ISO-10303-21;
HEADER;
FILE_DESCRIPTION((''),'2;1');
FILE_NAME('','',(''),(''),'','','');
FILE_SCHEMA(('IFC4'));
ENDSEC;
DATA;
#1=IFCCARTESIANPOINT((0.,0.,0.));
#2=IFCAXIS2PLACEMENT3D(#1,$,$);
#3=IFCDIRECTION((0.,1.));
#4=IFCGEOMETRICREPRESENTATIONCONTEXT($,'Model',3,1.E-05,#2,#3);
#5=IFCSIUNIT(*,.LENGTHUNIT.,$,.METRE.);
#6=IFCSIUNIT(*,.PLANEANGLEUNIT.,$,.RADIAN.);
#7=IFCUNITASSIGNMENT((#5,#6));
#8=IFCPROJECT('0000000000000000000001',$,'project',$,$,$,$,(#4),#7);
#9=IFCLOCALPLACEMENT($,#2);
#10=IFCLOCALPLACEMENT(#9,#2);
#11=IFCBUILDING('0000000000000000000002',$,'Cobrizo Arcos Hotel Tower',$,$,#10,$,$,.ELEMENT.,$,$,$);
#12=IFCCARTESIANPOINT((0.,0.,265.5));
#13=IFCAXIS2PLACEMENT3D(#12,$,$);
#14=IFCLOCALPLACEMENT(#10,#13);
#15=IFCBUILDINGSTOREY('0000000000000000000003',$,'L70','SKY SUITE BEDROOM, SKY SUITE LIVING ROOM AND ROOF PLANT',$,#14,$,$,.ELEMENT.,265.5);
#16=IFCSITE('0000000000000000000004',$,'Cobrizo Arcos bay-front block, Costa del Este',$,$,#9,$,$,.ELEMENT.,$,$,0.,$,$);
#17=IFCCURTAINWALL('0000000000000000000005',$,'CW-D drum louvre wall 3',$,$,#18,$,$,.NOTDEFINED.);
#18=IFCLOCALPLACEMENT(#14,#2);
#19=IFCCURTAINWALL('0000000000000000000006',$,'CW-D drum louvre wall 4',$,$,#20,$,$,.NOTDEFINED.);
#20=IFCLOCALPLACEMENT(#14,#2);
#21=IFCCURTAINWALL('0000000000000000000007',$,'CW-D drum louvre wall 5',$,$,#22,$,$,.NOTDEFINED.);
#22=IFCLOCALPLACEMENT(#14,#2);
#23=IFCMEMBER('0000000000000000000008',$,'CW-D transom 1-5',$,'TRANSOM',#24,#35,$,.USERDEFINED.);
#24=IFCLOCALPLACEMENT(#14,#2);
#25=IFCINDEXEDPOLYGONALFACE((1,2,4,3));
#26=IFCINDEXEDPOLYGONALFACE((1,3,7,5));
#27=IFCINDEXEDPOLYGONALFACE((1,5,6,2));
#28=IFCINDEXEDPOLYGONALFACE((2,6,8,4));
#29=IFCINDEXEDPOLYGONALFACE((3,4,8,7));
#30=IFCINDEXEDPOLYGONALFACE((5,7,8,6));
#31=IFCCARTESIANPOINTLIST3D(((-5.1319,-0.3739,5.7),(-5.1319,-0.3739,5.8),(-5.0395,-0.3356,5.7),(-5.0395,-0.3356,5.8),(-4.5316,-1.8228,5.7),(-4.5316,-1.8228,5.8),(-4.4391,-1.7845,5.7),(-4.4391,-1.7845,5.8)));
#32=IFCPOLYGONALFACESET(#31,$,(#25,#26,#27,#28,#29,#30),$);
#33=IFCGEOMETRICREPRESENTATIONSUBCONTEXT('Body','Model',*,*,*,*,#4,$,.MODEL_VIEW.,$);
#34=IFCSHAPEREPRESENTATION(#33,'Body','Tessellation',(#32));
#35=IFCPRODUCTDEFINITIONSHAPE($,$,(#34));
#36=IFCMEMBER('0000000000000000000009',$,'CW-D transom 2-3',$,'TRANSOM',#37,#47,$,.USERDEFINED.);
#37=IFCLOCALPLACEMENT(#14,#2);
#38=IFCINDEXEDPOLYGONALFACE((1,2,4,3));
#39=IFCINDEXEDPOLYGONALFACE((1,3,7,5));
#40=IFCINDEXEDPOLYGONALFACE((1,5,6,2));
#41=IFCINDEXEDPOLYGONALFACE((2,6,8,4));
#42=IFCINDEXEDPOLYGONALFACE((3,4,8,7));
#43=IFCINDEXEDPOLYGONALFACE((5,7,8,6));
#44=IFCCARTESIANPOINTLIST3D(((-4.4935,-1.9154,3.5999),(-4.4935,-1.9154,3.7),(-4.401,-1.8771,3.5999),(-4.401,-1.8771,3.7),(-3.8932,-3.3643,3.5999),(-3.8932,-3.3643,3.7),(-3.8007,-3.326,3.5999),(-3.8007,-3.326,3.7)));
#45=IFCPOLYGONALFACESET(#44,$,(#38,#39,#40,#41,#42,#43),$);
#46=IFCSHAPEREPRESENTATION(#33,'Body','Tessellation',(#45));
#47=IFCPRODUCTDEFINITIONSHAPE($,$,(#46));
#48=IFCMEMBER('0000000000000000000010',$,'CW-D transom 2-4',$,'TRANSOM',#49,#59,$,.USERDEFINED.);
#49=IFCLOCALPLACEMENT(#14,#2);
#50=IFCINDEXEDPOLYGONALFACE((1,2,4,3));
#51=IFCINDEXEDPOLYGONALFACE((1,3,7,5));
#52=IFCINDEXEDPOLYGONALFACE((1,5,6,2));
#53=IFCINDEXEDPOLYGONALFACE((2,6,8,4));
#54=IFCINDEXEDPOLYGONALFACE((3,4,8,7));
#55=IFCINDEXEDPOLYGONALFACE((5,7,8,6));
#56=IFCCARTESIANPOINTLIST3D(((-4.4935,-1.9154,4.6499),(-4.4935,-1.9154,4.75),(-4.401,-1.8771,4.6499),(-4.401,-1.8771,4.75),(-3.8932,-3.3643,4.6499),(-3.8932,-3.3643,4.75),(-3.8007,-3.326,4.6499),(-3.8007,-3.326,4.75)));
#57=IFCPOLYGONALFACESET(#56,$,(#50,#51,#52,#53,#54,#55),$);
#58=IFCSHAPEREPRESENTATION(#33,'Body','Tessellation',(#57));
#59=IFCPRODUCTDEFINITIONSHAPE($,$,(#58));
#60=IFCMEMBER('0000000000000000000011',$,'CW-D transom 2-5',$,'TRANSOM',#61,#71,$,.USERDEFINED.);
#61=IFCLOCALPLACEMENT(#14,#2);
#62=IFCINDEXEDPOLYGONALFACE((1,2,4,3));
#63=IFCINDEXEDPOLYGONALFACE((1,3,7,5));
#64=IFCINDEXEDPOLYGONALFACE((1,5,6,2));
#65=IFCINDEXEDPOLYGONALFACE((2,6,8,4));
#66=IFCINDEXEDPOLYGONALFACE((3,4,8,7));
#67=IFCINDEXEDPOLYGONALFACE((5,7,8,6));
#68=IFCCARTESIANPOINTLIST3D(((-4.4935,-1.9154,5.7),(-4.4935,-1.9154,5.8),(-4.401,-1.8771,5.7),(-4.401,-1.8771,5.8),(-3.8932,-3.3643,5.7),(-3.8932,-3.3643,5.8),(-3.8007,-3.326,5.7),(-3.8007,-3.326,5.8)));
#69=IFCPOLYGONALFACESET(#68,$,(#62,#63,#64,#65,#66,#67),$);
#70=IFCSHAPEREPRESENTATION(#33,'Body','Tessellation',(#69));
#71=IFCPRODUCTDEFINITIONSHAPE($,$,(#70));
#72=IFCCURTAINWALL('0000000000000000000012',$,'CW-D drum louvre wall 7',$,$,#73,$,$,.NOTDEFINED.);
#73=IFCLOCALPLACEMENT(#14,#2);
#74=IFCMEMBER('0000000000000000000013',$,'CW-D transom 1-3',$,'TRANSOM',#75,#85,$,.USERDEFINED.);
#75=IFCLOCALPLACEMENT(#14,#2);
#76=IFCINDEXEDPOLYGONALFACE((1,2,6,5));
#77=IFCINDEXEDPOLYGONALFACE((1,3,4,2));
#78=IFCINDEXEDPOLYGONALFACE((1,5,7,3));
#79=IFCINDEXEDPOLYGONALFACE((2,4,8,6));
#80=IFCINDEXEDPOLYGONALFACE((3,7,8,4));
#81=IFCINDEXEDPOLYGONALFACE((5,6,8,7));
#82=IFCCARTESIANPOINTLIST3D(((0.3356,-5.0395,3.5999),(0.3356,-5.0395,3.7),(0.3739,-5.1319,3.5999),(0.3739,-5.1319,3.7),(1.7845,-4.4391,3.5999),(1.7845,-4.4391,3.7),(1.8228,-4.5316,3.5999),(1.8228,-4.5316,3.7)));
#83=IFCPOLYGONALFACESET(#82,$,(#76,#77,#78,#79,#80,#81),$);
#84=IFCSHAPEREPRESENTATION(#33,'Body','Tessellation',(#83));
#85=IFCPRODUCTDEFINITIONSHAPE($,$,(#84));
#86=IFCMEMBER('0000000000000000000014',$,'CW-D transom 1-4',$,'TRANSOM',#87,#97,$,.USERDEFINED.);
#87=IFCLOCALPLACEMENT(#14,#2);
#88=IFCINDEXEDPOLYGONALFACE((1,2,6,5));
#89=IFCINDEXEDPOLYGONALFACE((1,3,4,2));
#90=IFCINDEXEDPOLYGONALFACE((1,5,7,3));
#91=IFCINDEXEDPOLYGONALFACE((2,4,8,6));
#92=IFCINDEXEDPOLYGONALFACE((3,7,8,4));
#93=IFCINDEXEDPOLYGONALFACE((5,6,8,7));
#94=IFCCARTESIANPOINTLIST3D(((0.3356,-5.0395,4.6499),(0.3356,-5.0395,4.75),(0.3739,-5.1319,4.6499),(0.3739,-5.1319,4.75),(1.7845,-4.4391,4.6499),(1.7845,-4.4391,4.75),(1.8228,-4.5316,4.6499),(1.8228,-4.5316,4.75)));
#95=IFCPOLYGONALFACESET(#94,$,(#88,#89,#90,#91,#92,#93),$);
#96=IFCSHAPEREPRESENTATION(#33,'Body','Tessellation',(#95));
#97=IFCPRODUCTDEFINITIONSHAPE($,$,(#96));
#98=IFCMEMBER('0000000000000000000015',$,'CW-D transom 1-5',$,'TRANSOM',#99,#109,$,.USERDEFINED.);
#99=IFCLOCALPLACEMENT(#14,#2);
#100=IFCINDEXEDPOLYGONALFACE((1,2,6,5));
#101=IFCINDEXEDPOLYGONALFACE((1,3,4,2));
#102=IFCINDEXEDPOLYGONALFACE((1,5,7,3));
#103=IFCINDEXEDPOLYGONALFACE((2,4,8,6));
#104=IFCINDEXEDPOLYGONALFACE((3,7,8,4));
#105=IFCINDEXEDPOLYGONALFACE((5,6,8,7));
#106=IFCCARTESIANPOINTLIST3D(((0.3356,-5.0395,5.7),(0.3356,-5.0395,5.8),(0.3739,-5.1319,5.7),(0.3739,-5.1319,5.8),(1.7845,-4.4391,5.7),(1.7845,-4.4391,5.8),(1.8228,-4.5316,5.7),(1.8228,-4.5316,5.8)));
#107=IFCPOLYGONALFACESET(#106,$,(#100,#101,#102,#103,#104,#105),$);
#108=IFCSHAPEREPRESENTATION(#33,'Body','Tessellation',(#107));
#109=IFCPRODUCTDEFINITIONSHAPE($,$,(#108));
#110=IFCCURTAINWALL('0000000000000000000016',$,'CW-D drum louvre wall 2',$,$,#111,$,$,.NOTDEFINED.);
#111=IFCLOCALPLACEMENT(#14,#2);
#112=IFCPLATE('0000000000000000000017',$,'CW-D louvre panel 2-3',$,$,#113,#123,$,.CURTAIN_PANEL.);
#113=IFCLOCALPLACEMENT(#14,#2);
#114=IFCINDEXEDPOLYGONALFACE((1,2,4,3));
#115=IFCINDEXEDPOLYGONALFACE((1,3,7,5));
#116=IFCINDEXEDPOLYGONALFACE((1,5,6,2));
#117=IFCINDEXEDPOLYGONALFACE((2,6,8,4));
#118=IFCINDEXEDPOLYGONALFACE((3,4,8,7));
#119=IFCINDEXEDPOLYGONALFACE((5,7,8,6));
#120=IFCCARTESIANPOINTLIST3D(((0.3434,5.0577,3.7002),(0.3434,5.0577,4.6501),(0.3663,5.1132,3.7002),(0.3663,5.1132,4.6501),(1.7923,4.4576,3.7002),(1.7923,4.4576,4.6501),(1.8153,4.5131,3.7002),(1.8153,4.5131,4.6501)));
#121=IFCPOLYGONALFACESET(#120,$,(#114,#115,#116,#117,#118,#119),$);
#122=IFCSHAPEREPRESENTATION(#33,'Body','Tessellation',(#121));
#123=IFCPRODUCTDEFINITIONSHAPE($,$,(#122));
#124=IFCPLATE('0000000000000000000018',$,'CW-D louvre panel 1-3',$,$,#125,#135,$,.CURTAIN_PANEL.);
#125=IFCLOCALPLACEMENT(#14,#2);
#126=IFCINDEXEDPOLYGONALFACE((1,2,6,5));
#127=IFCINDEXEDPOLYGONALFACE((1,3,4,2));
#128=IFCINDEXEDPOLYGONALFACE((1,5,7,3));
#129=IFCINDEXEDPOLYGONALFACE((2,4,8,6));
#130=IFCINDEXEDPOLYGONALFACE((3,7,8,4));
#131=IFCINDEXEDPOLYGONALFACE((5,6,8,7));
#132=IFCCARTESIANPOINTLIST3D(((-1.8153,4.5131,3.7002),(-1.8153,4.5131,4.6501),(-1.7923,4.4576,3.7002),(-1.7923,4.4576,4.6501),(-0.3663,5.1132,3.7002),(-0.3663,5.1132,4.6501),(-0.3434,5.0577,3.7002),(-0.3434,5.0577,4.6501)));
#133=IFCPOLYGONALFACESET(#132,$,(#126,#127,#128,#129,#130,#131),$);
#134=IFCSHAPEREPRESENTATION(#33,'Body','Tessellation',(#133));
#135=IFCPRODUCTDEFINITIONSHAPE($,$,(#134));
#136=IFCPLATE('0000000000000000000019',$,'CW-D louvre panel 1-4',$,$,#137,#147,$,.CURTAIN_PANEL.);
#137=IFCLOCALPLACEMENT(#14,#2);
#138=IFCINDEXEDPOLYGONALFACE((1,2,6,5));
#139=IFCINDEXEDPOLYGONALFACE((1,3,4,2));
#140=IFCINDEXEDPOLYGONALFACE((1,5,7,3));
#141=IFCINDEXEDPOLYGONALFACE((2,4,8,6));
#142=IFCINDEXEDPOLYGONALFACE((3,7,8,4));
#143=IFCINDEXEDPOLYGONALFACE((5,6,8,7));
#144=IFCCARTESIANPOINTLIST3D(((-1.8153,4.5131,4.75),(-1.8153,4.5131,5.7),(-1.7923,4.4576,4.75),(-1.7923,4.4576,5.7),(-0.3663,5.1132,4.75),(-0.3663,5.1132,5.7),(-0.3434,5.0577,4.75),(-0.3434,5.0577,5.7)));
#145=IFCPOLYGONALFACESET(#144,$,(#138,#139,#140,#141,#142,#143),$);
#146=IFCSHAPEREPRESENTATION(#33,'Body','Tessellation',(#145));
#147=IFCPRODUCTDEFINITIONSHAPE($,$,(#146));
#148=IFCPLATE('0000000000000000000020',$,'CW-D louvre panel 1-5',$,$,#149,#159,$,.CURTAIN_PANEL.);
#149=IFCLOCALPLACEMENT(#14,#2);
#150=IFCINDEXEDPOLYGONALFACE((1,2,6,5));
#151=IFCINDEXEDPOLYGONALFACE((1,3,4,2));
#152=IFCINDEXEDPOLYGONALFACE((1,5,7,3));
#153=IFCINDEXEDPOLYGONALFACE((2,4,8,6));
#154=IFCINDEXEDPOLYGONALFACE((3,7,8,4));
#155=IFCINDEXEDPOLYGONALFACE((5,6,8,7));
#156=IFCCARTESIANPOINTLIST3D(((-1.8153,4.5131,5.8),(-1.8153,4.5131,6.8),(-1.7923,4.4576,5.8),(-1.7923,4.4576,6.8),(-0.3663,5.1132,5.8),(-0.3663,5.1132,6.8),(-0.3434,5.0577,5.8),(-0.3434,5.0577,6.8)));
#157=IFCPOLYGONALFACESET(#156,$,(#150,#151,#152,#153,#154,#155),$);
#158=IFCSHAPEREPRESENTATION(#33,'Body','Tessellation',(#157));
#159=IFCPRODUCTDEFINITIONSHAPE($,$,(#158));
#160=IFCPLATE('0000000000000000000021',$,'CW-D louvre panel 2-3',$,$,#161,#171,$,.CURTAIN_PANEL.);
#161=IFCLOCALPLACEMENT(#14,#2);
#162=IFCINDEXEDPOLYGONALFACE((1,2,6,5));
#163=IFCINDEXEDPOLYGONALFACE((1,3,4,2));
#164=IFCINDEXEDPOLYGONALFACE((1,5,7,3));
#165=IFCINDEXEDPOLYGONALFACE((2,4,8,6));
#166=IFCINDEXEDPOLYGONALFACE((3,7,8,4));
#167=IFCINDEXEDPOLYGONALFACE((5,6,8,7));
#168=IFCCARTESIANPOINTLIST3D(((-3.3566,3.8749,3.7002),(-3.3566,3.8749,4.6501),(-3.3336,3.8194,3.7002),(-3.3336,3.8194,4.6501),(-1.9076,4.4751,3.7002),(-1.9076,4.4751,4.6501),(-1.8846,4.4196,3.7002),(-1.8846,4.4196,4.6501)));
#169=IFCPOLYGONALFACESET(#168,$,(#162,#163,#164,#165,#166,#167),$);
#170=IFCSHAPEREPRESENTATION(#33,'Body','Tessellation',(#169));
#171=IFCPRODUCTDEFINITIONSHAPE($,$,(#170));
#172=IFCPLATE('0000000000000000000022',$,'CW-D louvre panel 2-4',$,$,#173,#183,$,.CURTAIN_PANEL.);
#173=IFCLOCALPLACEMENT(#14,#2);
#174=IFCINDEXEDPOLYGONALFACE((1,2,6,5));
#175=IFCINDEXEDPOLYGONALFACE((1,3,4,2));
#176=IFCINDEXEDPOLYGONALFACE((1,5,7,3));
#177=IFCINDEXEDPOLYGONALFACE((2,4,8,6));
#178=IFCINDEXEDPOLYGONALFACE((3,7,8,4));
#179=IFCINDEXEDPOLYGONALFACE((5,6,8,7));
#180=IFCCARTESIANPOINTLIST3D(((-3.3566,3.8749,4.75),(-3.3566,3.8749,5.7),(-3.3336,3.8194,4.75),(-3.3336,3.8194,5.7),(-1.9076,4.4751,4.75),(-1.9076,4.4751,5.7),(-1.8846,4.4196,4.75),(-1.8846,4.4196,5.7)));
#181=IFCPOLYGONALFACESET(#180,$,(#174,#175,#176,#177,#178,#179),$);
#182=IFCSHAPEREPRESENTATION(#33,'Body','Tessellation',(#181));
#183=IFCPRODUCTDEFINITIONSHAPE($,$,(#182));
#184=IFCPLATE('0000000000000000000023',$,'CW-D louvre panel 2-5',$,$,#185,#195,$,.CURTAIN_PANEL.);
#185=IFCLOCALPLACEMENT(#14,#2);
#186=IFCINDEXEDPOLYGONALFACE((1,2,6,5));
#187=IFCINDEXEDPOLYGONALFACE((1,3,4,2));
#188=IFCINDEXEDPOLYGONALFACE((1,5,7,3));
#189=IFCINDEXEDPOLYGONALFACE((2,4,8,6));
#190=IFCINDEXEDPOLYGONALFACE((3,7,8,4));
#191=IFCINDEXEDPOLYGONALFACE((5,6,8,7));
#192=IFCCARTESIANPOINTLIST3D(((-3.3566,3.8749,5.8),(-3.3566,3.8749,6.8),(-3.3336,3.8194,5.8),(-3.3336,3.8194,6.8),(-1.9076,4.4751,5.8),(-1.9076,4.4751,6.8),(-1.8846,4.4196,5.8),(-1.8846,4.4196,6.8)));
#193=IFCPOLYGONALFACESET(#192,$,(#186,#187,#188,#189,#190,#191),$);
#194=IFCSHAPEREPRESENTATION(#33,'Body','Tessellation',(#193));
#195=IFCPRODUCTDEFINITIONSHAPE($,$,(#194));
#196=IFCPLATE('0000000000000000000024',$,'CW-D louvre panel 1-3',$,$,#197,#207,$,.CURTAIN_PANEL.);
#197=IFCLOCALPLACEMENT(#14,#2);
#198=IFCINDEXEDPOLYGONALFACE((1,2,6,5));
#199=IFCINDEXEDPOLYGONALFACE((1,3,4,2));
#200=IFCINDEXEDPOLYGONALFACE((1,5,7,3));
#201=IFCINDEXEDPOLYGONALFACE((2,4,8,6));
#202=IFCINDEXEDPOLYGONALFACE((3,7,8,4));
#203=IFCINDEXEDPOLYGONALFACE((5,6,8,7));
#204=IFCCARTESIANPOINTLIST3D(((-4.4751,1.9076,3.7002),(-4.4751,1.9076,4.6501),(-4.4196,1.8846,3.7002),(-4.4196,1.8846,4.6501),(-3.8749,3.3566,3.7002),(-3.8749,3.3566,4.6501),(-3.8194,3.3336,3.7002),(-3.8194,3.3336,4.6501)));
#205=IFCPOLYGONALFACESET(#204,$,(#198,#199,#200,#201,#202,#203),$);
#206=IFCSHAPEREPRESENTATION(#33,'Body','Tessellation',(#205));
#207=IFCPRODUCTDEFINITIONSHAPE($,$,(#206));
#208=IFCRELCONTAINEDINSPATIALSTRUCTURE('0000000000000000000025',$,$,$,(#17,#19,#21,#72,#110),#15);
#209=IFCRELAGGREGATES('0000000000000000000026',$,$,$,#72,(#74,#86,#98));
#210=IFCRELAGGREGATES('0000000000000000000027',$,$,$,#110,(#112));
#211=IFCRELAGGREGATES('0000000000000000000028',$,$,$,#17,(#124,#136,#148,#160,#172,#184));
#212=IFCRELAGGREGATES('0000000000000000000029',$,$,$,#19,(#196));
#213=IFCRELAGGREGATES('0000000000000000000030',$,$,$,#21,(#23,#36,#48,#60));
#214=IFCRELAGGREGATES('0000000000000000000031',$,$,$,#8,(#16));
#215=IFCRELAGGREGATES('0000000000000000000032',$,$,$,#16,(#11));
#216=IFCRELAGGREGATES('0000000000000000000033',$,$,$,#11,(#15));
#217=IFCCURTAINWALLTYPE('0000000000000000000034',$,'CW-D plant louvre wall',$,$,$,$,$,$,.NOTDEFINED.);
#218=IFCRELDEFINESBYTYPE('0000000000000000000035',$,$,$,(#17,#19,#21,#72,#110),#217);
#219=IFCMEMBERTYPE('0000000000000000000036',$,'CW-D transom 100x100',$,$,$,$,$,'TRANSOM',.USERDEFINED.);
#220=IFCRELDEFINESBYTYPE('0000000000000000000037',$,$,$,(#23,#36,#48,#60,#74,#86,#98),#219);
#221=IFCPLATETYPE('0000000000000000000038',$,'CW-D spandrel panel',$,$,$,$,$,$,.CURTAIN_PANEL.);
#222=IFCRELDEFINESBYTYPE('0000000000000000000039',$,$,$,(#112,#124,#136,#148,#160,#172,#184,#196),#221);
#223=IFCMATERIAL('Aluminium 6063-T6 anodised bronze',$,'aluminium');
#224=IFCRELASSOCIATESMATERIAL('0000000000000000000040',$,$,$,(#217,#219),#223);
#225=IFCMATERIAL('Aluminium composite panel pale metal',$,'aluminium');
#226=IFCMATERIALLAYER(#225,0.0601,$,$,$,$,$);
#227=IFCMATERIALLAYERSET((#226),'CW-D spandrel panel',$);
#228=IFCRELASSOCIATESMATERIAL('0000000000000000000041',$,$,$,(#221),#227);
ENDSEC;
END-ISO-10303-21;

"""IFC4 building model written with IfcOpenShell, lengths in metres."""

from ifc_helpers import new_model, si_unit, direction, frame, origin, origin_2d, place, context, subcontext, project, spatial, rectangle, extrude, material, layer, layer_set, material_profile, profile_set, type_object, element, aggregate, save


model = new_model("IFC4")

# Units and contexts
model_context = context("Model", 3, precision=1e-05, world=origin(), true_north=direction((0.0, 1.0)))
body_context = subcontext(model_context, "Body", "Model", "MODEL_VIEW")
ifc_project = project(units=[si_unit("LENGTHUNIT", "METRE"), si_unit("PLANEANGLEUNIT", "RADIAN")], contexts=[model_context])

# Site, building, storey
site_placement = place(None, origin())
site = spatial("IfcSite", under=ifc_project, at=site_placement, Name="Cobrizo Arcos bay-front block, Costa del Este", CompositionType="ELEMENT", RefElevation=0.0)
building_placement = place(site_placement, origin())
building = spatial("IfcBuilding", under=site, at=building_placement, Name="Cobrizo Arcos Hotel Tower", CompositionType="ELEMENT")
storey_placement = place(building_placement, frame((0.0, 0.0, 265.5)))
storey = spatial("IfcBuildingStorey", under=building, at=storey_placement, Name="L70", Description="SKY SUITE BEDROOM, SKY SUITE LIVING ROOM AND ROOF PLANT", CompositionType="ELEMENT", Elevation=265.5)

# Curtain walls, members
ifc_material_1 = material(Name="Aluminium 6063-T6 anodised bronze", Category="aluminium")
curtain_wall_type = type_object("IfcCurtainWallType", Name="CW-D plant louvre wall", PredefinedType="NOTDEFINED", material=ifc_material_1)
curtain_wall_1_placement = place(storey_placement, origin())
curtain_wall_1 = element("IfcCurtainWall", 1, at=curtain_wall_1_placement, inside=storey, type_object=curtain_wall_type, Name="CW-D drum louvre wall 3", PredefinedType="NOTDEFINED")
ifc_material_profile = material_profile(ifc_material_1, rectangle(XDim=0.1001, YDim=0.1001, at=origin_2d()), Name="CW-D transom 100x100")
ifc_profile_set = profile_set([ifc_material_profile], Name="Aluminium 6063-T6 anodised bronze")
member_type = type_object("IfcMemberType", Name="CW-D transom 100x100", ElementType="TRANSOM", PredefinedType="USERDEFINED", material=ifc_profile_set)
curtain_wall_2_placement = place(storey_placement, origin())
curtain_wall_2 = element("IfcCurtainWall", 2, at=curtain_wall_2_placement, inside=storey, type_object=curtain_wall_type, Name="CW-D drum louvre wall 4", PredefinedType="NOTDEFINED")
curtain_wall_3_placement = place(storey_placement, origin())
curtain_wall_3 = element("IfcCurtainWall", 3, at=curtain_wall_3_placement, inside=storey, type_object=curtain_wall_type, Name="CW-D drum louvre wall 5", PredefinedType="NOTDEFINED")
member_1_placement = place(storey_placement, frame((-5.0857, -0.3547, 5.75), z_axis=(0.382769, -0.923844, 0.0), x_axis=(0.923844, 0.382769, 0.0)))
member_1 = element("IfcMember", 4, at=member_1_placement, type_object=member_type, Name="CW-D transom 1-5", ObjectType="TRANSOM", PredefinedType="USERDEFINED", context=body_context, shape_type="SweptSolid", body=[
    extrude(rectangle(XDim=0.1001, YDim=0.1001, at=origin_2d()), origin(), (0.0, 0.0, 1.0), 1.5684),
])
member_2_placement = place(storey_placement, frame((-4.4473, -1.8962, 3.6499), z_axis=(0.382769, -0.923844, 0.0), x_axis=(0.923844, 0.382769, 0.0)))
member_2 = element("IfcMember", 5, at=member_2_placement, type_object=member_type, Name="CW-D transom 2-3", ObjectType="TRANSOM", PredefinedType="USERDEFINED", context=body_context, shape_type="SweptSolid", body=[
    extrude(rectangle(XDim=0.1001, YDim=0.1001, at=origin_2d()), origin(), (0.0, 0.0, 1.0), 1.5684),
])
member_3_placement = place(storey_placement, frame((-4.4473, -1.8962, 4.7), z_axis=(0.382769, -0.923844, 0.0), x_axis=(0.923844, 0.382769, 0.0)))
member_3 = element("IfcMember", 6, at=member_3_placement, type_object=member_type, Name="CW-D transom 2-4", ObjectType="TRANSOM", PredefinedType="USERDEFINED", context=body_context, shape_type="SweptSolid", body=[
    extrude(rectangle(XDim=0.1001, YDim=0.1001, at=origin_2d()), origin(), (0.0, 0.0, 1.0), 1.5684),
])
member_4_placement = place(storey_placement, frame((-4.4473, -1.8962, 5.75), z_axis=(0.382769, -0.923844, 0.0), x_axis=(0.923844, 0.382769, 0.0)))
member_4 = element("IfcMember", 7, at=member_4_placement, type_object=member_type, Name="CW-D transom 2-5", ObjectType="TRANSOM", PredefinedType="USERDEFINED", context=body_context, shape_type="SweptSolid", body=[
    extrude(rectangle(XDim=0.1001, YDim=0.1001, at=origin_2d()), origin(), (0.0, 0.0, 1.0), 1.5684),
])
curtain_wall_4_placement = place(storey_placement, origin())
curtain_wall_4 = element("IfcCurtainWall", 8, at=curtain_wall_4_placement, inside=storey, type_object=curtain_wall_type, Name="CW-D drum louvre wall 7", PredefinedType="NOTDEFINED")
member_5_placement = place(storey_placement, frame((0.3547, -5.0857, 3.6499), z_axis=(0.923844, 0.382769, 0.0), x_axis=(-0.382769, 0.923844, 0.0)))
member_5 = element("IfcMember", 9, at=member_5_placement, type_object=member_type, Name="CW-D transom 1-3", ObjectType="TRANSOM", PredefinedType="USERDEFINED", context=body_context, shape_type="SweptSolid", body=[
    extrude(rectangle(XDim=0.1001, YDim=0.1001, at=origin_2d()), origin(), (0.0, 0.0, 1.0), 1.5684),
])
member_6_placement = place(storey_placement, frame((0.3547, -5.0857, 4.7), z_axis=(0.923844, 0.382769, 0.0), x_axis=(-0.382769, 0.923844, 0.0)))
member_6 = element("IfcMember", 10, at=member_6_placement, type_object=member_type, Name="CW-D transom 1-4", ObjectType="TRANSOM", PredefinedType="USERDEFINED", context=body_context, shape_type="SweptSolid", body=[
    extrude(rectangle(XDim=0.1001, YDim=0.1001, at=origin_2d()), origin(), (0.0, 0.0, 1.0), 1.5684),
])
member_7_placement = place(storey_placement, frame((0.3547, -5.0857, 5.75), z_axis=(0.923844, 0.382769, 0.0), x_axis=(-0.382769, 0.923844, 0.0)))
member_7 = element("IfcMember", 11, at=member_7_placement, type_object=member_type, Name="CW-D transom 1-5", ObjectType="TRANSOM", PredefinedType="USERDEFINED", context=body_context, shape_type="SweptSolid", body=[
    extrude(rectangle(XDim=0.1001, YDim=0.1001, at=origin_2d()), origin(), (0.0, 0.0, 1.0), 1.5684),
])
aggregate(curtain_wall_4, [member_5, member_6, member_7])

# Curtain wall, plate
curtain_wall_5_placement = place(storey_placement, origin())
curtain_wall_5 = element("IfcCurtainWall", 12, at=curtain_wall_5_placement, inside=storey, type_object=curtain_wall_type, Name="CW-D drum louvre wall 2", PredefinedType="NOTDEFINED")
ifc_material_2 = material(Name="Aluminium composite panel pale metal", Category="aluminium")
ifc_layer = layer(ifc_material_2, 0.0601)
ifc_layer_set = layer_set([ifc_layer], Name="CW-D spandrel panel")
plate_type = type_object("IfcPlateType", Name="CW-D spandrel panel", PredefinedType="CURTAIN_PANEL", material=ifc_layer_set)
plate_1_placement = place(storey_placement, frame((1.0793, 4.7854, 3.7002), z_axis=(0.0, 0.0, 1.0), x_axis=(-0.92388, 0.382683, 0.0)))
plate_1 = element("IfcPlate", 13, at=plate_1_placement, type_object=plate_type, Name="CW-D louvre panel 2-3", PredefinedType="CURTAIN_PANEL", context=body_context, shape_type="SweptSolid", body=[
    extrude(rectangle(XDim=1.5684, YDim=0.0601, at=origin_2d()), origin(), (0.0, 0.0, 1.0), 0.95),
])
aggregate(curtain_wall_5, [plate_1])

# Plates
plate_2_placement = place(storey_placement, frame((-1.0793, 4.7854, 3.7002), z_axis=(0.0, 0.0, 1.0), x_axis=(-0.92388, -0.382683, 0.0)))
plate_2 = element("IfcPlate", 14, at=plate_2_placement, type_object=plate_type, Name="CW-D louvre panel 1-3", PredefinedType="CURTAIN_PANEL", context=body_context, shape_type="SweptSolid", body=[
    extrude(rectangle(XDim=1.5684, YDim=0.0601, at=origin_2d()), origin(), (0.0, 0.0, 1.0), 0.95),
])
plate_3_placement = place(storey_placement, frame((-1.0793, 4.7854, 4.75), z_axis=(0.0, 0.0, 1.0), x_axis=(-0.92388, -0.382683, 0.0)))
plate_3 = element("IfcPlate", 15, at=plate_3_placement, type_object=plate_type, Name="CW-D louvre panel 1-4", PredefinedType="CURTAIN_PANEL", context=body_context, shape_type="SweptSolid", body=[
    extrude(rectangle(XDim=1.5684, YDim=0.0601, at=origin_2d()), origin(), (0.0, 0.0, 1.0), 0.95),
])
plate_4_placement = place(storey_placement, frame((-1.0793, 4.7854, 5.8), z_axis=(0.0, 0.0, 1.0), x_axis=(-0.92388, -0.382683, 0.0)))
plate_4 = element("IfcPlate", 16, at=plate_4_placement, type_object=plate_type, Name="CW-D louvre panel 1-5", PredefinedType="CURTAIN_PANEL", context=body_context, shape_type="SweptSolid", body=[
    extrude(rectangle(XDim=1.5684, YDim=0.0601, at=origin_2d()), origin(), (0.0, 0.0, 1.0), 1.0),
])
plate_5_placement = place(storey_placement, frame((-2.6206, 4.1472, 3.7002), z_axis=(0.0, 0.0, 1.0), x_axis=(-0.92388, -0.382683, 0.0)))
plate_5 = element("IfcPlate", 17, at=plate_5_placement, type_object=plate_type, Name="CW-D louvre panel 2-3", PredefinedType="CURTAIN_PANEL", context=body_context, shape_type="SweptSolid", body=[
    extrude(rectangle(XDim=1.5684, YDim=0.0601, at=origin_2d()), origin(), (0.0, 0.0, 1.0), 0.95),
])
plate_6_placement = place(storey_placement, frame((-2.6206, 4.1472, 4.75), z_axis=(0.0, 0.0, 1.0), x_axis=(-0.92388, -0.382683, 0.0)))
plate_6 = element("IfcPlate", 18, at=plate_6_placement, type_object=plate_type, Name="CW-D louvre panel 2-4", PredefinedType="CURTAIN_PANEL", context=body_context, shape_type="SweptSolid", body=[
    extrude(rectangle(XDim=1.5684, YDim=0.0601, at=origin_2d()), origin(), (0.0, 0.0, 1.0), 0.95),
])
plate_7_placement = place(storey_placement, frame((-2.6206, 4.1472, 5.8), z_axis=(0.0, 0.0, 1.0), x_axis=(-0.92388, -0.382683, 0.0)))
plate_7 = element("IfcPlate", 19, at=plate_7_placement, type_object=plate_type, Name="CW-D louvre panel 2-5", PredefinedType="CURTAIN_PANEL", context=body_context, shape_type="SweptSolid", body=[
    extrude(rectangle(XDim=1.5684, YDim=0.0601, at=origin_2d()), origin(), (0.0, 0.0, 1.0), 1.0),
])
aggregate(curtain_wall_1, [plate_2, plate_3, plate_4, plate_5, plate_6, plate_7])
plate_8_placement = place(storey_placement, frame((-4.1472, 2.6206, 3.7002), z_axis=(0.0, 0.0, 1.0), x_axis=(-0.382683, -0.92388, 0.0)))
plate_8 = element("IfcPlate", 20, at=plate_8_placement, type_object=plate_type, Name="CW-D louvre panel 1-3", PredefinedType="CURTAIN_PANEL", context=body_context, shape_type="SweptSolid", body=[
    extrude(rectangle(XDim=1.5684, YDim=0.0601, at=origin_2d()), origin(), (0.0, 0.0, 1.0), 0.95),
])
aggregate(curtain_wall_2, [plate_8])
aggregate(curtain_wall_3, [member_1, member_2, member_3, member_4])

save(model, "model.ifc")
